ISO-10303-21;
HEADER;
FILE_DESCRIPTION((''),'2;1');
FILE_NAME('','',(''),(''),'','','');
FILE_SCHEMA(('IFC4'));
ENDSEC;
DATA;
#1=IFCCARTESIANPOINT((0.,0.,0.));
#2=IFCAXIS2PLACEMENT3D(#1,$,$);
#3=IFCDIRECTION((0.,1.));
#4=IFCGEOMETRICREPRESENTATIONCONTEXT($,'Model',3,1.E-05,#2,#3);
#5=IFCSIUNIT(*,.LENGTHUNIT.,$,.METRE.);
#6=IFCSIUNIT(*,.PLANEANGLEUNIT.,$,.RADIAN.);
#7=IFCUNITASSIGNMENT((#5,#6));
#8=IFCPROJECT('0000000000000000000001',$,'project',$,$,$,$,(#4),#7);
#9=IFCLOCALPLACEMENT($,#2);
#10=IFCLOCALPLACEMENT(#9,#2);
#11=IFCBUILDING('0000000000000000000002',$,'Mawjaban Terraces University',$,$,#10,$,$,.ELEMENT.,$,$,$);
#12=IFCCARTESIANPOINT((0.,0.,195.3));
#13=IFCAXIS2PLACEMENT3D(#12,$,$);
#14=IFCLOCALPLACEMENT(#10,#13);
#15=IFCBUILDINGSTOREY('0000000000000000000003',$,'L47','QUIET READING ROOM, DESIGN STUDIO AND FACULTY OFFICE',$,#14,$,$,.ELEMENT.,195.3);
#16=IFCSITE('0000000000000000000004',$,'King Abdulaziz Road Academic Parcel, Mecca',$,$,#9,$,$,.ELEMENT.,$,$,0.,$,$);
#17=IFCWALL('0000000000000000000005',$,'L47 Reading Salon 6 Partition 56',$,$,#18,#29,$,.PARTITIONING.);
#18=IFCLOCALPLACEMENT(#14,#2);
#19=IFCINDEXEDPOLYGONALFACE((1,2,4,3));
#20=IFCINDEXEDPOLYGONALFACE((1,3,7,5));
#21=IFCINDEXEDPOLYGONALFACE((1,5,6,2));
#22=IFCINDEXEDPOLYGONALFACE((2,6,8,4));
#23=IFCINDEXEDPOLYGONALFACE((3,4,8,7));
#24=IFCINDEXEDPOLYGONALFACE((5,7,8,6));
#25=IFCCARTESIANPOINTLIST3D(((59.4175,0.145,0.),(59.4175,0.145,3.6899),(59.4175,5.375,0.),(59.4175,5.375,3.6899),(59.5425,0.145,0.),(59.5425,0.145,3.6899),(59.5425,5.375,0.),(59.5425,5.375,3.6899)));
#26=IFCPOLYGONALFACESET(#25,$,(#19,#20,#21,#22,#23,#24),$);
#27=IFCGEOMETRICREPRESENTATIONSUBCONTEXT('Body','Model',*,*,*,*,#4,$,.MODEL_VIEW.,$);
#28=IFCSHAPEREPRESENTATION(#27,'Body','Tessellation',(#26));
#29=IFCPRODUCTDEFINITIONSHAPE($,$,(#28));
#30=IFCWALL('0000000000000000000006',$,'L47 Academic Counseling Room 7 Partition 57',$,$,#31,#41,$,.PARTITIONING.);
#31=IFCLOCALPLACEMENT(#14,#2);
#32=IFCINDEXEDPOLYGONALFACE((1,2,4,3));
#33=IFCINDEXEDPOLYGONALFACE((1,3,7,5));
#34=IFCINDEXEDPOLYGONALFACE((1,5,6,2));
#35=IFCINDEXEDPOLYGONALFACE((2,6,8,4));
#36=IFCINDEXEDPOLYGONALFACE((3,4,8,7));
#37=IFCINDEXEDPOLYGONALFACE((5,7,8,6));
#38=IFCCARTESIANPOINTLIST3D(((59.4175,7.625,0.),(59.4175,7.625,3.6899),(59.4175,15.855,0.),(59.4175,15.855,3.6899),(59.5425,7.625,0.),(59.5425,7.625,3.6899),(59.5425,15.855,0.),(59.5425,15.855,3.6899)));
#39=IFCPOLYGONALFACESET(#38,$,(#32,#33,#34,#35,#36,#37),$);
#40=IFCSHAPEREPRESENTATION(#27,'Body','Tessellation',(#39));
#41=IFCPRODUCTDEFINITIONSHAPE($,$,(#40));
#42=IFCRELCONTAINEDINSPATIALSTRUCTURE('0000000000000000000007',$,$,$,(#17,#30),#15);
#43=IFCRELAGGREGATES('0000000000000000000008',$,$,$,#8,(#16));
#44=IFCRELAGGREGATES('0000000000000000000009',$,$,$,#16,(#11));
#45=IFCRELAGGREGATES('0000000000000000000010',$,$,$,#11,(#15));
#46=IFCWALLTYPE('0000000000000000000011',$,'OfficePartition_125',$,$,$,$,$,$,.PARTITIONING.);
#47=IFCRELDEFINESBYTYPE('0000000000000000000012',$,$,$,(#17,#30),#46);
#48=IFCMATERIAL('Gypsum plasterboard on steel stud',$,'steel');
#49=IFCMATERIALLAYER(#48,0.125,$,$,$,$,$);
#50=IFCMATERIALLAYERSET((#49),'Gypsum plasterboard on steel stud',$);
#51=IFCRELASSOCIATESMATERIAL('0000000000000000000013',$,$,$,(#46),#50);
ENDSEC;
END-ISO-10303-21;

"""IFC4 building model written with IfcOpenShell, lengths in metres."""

from ifc_helpers import new_model, si_unit, direction, frame, frame_2d, origin, place, context, subcontext, project, spatial, rectangle, extrude, material, layer, layer_set, type_object, element, save


model = new_model("IFC4")

# Units and contexts
model_context = context("Model", 3, precision=1e-05, world=origin(), true_north=direction((0.0, 1.0)))
body_context = subcontext(model_context, "Body", "Model", "MODEL_VIEW")
ifc_project = project(units=[si_unit("LENGTHUNIT", "METRE"), si_unit("PLANEANGLEUNIT", "RADIAN")], contexts=[model_context])

# Site, building, storey
site_placement = place(None, origin())
site = spatial("IfcSite", under=ifc_project, at=site_placement, Name="King Abdulaziz Road Academic Parcel, Mecca", CompositionType="ELEMENT", RefElevation=0.0)
building_placement = place(site_placement, origin())
building = spatial("IfcBuilding", under=site, at=building_placement, Name="Mawjaban Terraces University", CompositionType="ELEMENT")
storey_placement = place(building_placement, frame((0.0, 0.0, 195.3)))
storey = spatial("IfcBuildingStorey", under=building, at=storey_placement, Name="L47", Description="QUIET READING ROOM, DESIGN STUDIO AND FACULTY OFFICE", CompositionType="ELEMENT", Elevation=195.3)

# Walls
ifc_material_1 = material(Name="Gypsum plasterboard on steel stud", Category="steel")
ifc_layer_1 = layer(ifc_material_1, 0.125)
ifc_layer_set_1 = layer_set([ifc_layer_1], Name="Gypsum plasterboard on steel stud")
wall_type_1 = type_object("IfcWallType", Name="OfficePartition_125", PredefinedType="PARTITIONING", material=ifc_layer_set_1)
wall_1_placement = place(storey_placement, frame((59.48, 0.145, 0.0), z_axis=(0.0, 0.0, 1.0), x_axis=(0.0, 1.0, 0.0)))
element("IfcWall", 1, at=wall_1_placement, inside=storey, type_object=wall_type_1, Name="L47 Reading Salon 6 Partition 56", PredefinedType="PARTITIONING", context=body_context, shape_type="SweptSolid", body=[
    extrude(rectangle(XDim=5.23, YDim=0.125, at=frame_2d((2.615, 0.0))), origin(), (0.0, 0.0, 1.0), 3.6899),
])
wall_2_placement = place(storey_placement, frame((59.48, 7.625, 0.0), z_axis=(0.0, 0.0, 1.0), x_axis=(0.0, 1.0, 0.0)))
element("IfcWall", 2, at=wall_2_placement, inside=storey, type_object=wall_type_1, Name="L47 Academic Counseling Room 7 Partition 57", PredefinedType="PARTITIONING", context=body_context, shape_type="SweptSolid", body=[
    extrude(rectangle(XDim=8.23, YDim=0.125, at=frame_2d((4.115, 0.0))), origin(), (0.0, 0.0, 1.0), 3.6899),
])

save(model, "model.ifc")
